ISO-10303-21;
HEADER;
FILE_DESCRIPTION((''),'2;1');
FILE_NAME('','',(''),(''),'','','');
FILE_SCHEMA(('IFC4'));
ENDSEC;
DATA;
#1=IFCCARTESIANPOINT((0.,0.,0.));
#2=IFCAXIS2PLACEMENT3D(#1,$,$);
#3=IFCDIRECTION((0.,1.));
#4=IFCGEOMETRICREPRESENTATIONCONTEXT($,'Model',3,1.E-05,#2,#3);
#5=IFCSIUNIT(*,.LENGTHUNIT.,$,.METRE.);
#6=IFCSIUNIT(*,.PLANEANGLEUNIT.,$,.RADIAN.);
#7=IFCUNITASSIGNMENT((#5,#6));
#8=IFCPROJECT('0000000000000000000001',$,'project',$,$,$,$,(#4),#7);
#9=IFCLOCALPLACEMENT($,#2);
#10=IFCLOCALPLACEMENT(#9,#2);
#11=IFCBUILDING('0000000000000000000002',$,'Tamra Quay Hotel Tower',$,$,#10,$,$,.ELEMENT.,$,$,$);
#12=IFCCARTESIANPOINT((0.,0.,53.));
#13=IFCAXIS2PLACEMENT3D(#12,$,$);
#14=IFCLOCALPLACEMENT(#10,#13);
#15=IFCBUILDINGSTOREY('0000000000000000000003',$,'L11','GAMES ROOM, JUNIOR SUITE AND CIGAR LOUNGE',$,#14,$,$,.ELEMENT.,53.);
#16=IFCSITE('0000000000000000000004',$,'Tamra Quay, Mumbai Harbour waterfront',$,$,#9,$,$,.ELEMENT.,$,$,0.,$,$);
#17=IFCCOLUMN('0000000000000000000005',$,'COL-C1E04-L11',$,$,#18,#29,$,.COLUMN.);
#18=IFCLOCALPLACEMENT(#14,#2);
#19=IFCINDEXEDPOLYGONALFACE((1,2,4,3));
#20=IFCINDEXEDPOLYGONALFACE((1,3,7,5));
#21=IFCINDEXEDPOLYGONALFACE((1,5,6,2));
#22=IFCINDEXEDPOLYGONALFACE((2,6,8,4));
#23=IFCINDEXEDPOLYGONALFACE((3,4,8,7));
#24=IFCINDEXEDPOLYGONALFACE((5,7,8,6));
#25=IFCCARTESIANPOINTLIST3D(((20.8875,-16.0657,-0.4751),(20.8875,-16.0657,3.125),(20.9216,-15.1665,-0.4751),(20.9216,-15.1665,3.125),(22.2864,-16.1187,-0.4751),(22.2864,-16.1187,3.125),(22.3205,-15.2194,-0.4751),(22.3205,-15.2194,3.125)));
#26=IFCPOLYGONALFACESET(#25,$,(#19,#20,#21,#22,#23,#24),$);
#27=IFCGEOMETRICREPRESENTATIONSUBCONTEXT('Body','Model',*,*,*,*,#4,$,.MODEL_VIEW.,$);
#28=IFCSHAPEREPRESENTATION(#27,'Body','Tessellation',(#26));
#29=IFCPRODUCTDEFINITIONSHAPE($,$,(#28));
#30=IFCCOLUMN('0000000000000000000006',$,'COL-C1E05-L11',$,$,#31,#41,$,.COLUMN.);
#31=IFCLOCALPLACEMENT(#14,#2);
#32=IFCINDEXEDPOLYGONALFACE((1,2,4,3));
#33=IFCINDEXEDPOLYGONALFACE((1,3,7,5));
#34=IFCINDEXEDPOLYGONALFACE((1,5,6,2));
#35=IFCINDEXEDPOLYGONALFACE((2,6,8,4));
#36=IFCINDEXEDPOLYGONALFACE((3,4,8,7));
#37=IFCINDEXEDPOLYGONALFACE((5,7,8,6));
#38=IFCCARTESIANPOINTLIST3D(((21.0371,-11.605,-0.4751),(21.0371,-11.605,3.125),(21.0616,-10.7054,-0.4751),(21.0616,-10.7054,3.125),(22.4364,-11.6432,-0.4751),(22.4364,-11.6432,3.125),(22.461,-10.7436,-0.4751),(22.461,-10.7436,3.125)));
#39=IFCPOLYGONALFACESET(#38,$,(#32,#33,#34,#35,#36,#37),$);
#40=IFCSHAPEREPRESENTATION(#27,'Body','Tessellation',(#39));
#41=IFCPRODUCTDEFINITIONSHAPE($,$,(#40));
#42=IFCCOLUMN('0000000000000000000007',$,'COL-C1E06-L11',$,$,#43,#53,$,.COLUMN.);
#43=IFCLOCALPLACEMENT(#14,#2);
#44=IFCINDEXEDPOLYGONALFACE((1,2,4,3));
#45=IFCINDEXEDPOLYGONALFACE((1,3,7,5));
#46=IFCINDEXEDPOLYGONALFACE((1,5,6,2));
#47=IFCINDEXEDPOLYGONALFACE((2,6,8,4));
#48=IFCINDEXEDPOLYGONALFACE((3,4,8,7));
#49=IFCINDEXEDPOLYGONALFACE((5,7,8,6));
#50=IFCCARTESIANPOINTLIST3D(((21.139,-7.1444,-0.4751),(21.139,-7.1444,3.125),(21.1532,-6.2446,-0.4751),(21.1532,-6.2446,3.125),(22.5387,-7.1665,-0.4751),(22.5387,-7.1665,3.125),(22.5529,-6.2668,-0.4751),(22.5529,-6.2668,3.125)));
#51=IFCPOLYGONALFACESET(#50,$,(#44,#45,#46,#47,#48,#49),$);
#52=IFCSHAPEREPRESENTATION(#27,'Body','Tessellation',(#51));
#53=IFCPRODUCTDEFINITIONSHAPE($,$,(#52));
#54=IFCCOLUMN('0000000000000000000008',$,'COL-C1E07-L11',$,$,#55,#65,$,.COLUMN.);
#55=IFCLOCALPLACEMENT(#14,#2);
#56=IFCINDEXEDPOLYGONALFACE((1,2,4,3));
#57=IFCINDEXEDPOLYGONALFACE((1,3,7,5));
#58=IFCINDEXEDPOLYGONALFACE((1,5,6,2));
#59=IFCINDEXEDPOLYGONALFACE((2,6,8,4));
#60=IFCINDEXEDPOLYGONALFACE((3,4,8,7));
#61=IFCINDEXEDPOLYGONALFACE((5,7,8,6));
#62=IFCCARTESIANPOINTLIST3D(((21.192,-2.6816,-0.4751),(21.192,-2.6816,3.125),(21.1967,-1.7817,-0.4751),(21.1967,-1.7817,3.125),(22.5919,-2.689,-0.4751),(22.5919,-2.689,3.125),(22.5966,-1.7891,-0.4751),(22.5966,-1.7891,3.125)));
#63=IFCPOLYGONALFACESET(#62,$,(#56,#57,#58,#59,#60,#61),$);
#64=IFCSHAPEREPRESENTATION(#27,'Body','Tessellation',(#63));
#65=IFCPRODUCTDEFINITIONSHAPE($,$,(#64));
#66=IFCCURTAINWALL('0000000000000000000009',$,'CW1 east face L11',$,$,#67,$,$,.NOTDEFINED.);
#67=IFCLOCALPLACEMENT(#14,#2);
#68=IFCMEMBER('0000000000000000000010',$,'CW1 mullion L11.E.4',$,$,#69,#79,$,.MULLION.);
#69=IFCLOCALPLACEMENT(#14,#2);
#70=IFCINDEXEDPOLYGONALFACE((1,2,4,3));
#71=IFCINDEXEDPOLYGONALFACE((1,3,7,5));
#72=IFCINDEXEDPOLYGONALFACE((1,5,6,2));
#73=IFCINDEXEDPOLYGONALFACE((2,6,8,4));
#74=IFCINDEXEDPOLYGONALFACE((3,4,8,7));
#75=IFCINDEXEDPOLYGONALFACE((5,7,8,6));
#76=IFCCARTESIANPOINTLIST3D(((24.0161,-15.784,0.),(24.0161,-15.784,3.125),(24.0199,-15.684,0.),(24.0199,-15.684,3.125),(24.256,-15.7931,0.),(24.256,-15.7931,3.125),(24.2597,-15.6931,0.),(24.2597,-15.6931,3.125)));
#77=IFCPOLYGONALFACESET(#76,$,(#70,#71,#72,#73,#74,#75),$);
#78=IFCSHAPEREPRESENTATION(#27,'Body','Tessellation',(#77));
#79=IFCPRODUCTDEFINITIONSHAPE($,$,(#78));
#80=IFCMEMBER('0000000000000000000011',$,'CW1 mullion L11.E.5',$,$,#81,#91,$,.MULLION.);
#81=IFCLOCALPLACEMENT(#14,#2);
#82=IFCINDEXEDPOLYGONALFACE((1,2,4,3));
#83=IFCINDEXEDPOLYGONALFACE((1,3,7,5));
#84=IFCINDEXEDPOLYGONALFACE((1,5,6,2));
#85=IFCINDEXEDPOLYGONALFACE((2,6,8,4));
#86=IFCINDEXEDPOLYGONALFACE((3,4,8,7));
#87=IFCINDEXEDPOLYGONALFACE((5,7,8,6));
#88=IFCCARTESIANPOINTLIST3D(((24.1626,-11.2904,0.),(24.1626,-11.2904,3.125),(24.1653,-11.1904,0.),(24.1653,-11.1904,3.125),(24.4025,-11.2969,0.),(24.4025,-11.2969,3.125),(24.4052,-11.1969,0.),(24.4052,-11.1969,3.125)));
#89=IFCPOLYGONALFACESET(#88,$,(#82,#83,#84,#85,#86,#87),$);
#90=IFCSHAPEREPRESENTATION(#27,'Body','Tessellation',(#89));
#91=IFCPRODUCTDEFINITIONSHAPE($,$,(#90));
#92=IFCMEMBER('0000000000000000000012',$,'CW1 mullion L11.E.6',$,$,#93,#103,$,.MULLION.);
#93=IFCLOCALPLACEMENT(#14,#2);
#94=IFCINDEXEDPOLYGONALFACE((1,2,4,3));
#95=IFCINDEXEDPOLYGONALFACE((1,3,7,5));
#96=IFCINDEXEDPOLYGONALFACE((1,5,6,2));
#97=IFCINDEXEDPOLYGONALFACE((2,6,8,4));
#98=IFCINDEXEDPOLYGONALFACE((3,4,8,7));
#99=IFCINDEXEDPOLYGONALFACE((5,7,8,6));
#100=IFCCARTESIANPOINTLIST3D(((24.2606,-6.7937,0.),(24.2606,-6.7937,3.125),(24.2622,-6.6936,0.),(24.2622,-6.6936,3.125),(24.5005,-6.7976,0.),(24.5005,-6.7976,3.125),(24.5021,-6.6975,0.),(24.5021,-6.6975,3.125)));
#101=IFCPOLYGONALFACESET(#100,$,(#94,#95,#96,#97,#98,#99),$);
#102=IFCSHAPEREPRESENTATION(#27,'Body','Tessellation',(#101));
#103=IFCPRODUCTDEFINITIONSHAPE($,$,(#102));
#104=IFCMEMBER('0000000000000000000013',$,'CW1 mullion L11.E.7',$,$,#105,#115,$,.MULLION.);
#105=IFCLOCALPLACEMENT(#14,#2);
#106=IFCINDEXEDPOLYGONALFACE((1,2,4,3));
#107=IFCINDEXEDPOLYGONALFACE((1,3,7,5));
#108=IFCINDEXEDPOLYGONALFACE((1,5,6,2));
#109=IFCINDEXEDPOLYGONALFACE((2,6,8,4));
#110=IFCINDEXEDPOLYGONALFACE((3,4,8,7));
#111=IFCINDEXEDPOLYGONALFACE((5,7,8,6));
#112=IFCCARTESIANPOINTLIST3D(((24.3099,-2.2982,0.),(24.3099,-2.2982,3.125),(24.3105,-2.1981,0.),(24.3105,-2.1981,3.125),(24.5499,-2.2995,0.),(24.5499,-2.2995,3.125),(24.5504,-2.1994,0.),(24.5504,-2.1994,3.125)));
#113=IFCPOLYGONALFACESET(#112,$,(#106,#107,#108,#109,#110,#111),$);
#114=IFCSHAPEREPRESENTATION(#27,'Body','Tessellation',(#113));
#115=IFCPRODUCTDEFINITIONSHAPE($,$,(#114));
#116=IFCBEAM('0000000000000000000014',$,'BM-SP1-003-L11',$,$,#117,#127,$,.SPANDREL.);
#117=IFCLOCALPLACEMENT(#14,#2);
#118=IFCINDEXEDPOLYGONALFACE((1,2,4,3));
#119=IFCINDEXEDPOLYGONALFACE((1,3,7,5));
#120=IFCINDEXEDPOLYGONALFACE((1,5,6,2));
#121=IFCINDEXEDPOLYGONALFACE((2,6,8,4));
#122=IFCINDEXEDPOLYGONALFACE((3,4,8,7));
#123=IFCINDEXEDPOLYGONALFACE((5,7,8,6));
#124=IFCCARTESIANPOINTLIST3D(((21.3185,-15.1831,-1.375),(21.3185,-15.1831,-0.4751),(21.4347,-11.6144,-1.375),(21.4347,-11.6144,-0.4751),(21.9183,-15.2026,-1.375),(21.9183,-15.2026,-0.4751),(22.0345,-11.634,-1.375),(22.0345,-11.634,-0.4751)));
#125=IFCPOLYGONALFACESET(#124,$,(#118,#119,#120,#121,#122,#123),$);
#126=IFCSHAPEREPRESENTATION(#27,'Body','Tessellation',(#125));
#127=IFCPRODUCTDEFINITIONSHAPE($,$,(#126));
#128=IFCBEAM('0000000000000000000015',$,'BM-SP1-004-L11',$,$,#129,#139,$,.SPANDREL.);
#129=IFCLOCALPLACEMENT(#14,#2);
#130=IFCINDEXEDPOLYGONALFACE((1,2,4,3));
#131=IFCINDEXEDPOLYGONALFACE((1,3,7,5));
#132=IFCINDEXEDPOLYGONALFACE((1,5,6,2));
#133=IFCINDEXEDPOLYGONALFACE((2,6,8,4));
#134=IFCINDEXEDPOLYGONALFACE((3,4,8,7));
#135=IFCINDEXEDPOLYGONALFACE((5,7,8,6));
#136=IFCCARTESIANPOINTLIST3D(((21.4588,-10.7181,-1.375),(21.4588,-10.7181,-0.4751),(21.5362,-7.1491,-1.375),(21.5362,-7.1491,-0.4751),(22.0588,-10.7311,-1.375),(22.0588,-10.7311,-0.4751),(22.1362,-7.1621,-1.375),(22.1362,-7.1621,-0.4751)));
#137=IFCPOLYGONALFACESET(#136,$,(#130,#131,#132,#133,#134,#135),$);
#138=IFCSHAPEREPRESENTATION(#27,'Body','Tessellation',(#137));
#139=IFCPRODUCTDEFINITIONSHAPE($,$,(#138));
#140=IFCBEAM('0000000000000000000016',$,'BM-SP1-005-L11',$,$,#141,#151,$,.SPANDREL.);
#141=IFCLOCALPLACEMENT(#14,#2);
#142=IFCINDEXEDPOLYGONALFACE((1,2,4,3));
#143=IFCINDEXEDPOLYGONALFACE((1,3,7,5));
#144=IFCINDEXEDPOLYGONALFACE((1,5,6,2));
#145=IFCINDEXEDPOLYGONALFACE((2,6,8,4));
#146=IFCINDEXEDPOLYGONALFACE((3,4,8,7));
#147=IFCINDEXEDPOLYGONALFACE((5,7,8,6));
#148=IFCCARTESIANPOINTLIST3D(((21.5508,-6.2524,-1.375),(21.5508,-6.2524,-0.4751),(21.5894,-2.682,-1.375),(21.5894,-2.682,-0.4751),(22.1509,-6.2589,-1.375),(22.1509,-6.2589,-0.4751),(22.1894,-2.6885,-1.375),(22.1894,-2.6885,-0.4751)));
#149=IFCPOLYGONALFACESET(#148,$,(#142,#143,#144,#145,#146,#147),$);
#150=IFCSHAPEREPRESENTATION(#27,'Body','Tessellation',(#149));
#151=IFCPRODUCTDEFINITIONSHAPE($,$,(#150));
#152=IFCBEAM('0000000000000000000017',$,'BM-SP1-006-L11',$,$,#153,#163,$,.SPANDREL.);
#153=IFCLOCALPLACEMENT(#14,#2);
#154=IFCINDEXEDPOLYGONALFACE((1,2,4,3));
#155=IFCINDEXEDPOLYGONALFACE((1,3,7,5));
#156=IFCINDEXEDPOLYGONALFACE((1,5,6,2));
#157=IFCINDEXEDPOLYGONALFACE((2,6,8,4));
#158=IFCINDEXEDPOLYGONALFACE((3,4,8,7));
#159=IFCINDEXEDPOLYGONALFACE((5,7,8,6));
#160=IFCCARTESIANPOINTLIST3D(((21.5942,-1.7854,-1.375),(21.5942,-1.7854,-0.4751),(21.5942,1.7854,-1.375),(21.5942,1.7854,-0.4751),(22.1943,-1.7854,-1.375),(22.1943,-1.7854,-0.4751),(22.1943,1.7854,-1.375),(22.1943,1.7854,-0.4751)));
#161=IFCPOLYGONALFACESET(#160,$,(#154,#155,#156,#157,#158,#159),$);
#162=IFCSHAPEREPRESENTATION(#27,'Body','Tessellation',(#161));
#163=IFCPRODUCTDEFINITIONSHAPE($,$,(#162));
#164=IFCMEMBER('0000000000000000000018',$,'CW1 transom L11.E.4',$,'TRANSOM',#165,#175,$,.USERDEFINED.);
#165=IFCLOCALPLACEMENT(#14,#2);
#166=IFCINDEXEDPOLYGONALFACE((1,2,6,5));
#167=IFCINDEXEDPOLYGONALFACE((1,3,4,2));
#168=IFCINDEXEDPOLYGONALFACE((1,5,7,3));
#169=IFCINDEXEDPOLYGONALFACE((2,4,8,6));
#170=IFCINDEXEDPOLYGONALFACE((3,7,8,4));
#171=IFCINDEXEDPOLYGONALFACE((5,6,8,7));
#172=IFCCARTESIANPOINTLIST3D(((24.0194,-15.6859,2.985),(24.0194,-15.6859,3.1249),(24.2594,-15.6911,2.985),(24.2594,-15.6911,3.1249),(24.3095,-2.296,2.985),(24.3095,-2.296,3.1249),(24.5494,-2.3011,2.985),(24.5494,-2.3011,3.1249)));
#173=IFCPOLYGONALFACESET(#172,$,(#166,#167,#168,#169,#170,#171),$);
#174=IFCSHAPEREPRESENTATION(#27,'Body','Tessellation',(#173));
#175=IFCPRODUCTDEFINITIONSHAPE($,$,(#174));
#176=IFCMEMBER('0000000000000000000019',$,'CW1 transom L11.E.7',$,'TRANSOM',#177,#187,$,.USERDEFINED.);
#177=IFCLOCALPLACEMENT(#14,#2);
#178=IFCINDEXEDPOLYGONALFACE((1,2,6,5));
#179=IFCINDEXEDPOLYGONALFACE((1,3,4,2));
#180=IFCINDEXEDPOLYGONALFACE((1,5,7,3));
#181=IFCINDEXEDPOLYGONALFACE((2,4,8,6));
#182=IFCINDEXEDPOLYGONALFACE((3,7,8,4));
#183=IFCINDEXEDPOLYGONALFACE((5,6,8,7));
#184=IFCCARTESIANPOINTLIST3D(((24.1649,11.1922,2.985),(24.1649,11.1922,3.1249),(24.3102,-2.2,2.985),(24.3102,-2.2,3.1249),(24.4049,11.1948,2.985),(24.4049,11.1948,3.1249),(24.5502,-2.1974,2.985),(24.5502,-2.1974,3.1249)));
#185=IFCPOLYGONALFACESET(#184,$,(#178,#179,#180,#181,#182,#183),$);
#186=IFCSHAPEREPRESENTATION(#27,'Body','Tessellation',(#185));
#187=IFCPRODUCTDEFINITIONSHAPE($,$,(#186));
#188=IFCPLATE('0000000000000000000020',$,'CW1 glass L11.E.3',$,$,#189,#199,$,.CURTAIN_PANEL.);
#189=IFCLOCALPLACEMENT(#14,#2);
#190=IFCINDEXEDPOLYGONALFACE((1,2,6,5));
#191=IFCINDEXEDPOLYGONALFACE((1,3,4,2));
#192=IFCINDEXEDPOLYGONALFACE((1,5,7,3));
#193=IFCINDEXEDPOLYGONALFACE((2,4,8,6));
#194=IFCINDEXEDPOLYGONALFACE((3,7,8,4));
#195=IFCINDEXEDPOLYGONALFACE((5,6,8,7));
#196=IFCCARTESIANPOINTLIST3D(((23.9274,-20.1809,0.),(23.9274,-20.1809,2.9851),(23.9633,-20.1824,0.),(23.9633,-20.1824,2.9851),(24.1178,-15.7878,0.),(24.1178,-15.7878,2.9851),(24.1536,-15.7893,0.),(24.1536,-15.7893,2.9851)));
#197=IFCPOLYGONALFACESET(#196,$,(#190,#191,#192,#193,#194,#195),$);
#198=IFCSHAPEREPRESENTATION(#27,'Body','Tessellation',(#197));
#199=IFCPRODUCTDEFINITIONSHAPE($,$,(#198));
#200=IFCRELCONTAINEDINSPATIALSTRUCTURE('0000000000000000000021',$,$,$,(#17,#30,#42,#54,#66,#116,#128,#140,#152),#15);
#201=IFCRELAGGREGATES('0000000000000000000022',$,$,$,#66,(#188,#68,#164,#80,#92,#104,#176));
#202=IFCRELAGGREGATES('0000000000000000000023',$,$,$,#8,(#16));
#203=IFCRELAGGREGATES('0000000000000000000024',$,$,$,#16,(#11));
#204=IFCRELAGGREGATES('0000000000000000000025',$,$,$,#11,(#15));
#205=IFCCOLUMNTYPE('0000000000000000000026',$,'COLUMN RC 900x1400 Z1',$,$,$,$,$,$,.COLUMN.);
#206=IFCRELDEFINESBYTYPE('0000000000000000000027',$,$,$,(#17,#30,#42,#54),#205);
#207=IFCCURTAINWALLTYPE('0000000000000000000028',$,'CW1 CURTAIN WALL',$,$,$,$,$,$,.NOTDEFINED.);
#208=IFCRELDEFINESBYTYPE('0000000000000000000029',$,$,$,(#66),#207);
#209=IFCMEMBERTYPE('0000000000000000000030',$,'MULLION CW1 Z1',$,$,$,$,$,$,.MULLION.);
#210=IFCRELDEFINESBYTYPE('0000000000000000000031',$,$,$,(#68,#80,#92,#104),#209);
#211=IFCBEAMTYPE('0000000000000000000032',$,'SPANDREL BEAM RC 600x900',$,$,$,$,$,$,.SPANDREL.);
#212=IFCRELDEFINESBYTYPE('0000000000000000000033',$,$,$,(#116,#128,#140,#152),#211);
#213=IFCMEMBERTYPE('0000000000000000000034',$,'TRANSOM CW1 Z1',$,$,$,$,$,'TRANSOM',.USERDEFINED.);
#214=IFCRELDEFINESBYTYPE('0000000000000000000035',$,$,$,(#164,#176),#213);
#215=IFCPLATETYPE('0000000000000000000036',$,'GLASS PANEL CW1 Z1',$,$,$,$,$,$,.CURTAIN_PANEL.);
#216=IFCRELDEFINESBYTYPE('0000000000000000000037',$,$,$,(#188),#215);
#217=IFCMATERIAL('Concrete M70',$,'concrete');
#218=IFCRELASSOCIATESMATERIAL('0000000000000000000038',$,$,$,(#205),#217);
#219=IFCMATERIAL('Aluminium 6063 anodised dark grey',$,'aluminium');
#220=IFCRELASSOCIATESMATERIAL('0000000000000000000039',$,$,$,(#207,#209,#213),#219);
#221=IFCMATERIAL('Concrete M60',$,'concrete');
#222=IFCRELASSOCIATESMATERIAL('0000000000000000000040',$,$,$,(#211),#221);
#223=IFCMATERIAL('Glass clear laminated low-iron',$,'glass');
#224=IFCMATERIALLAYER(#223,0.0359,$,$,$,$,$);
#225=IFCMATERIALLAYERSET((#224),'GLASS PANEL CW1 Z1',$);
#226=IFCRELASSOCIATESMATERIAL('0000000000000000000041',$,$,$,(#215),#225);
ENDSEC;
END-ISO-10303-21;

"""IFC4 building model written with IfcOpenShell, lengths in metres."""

from ifc_helpers import new_model, si_unit, direction, frame, origin, origin_2d, place, context, subcontext, project, spatial, rectangle, extrude, material, layer, layer_set, material_profile, profile_set, type_object, element, aggregate, save


model = new_model("IFC4")

# Units and contexts
model_context = context("Model", 3, precision=1e-05, world=origin(), true_north=direction((0.0, 1.0)))
body_context = subcontext(model_context, "Body", "Model", "MODEL_VIEW")
ifc_project = project(units=[si_unit("LENGTHUNIT", "METRE"), si_unit("PLANEANGLEUNIT", "RADIAN")], contexts=[model_context])

# Site, building, storey
site_placement = place(None, origin())
site = spatial("IfcSite", under=ifc_project, at=site_placement, Name="Tamra Quay, Mumbai Harbour waterfront", CompositionType="ELEMENT", RefElevation=0.0)
building_placement = place(site_placement, origin())
building = spatial("IfcBuilding", under=site, at=building_placement, Name="Tamra Quay Hotel Tower", CompositionType="ELEMENT")
storey_placement = place(building_placement, frame((0.0, 0.0, 53.0)))
storey = spatial("IfcBuildingStorey", under=building, at=storey_placement, Name="L11", Description="GAMES ROOM, JUNIOR SUITE AND CIGAR LOUNGE", CompositionType="ELEMENT", Elevation=53.0)

# Columns
ifc_material_1 = material(Name="Concrete M70", Category="concrete")
ifc_material_profile_1 = material_profile(ifc_material_1, rectangle(XDim=1.3999, YDim=0.8999, at=origin_2d()), Name="COLUMN RC 900x1400 Z1")
ifc_profile_set_1 = profile_set([ifc_material_profile_1], Name="Concrete M70")
column_type = type_object("IfcColumnType", Name="COLUMN RC 900x1400 Z1", PredefinedType="COLUMN", material=ifc_profile_set_1)
for number, where, z_axis, x_axis, name in (
    (1, (21.604, -15.6426, -0.4751), (0.0, 0.0, 1.0), (-0.999285, 0.037812, 0.0), "COL-C1E04-L11"),
    (2, (21.749, -11.1743, -0.4751), (0.0, 0.0, 1.0), (-0.999628, 0.027269, 0.0), "COL-C1E05-L11"),
    (3, (21.8459, -6.7056, -0.4751), (0.0, 0.0, 1.0), (-0.999875, 0.015838, 0.0), "COL-C1E06-L11"),
    (4, (21.8943, -2.2354, -0.4751), (0.0, 0.0, 1.0), (-0.999986, 0.00528, 0.0), "COL-C1E07-L11"),
):
    element("IfcColumn", number, at=place(storey_placement, frame(where, z_axis=z_axis, x_axis=x_axis)), inside=storey, type_object=column_type, Name=name, PredefinedType="COLUMN", context=body_context, shape_type="SweptSolid", body=[
        extrude(rectangle(XDim=1.3999, YDim=0.8999, at=origin_2d()), origin(), (0.0, 0.0, 1.0), 3.6001),
    ])

# Curtain wall, members
ifc_material_2 = material(Name="Aluminium 6063 anodised dark grey", Category="aluminium")
curtain_wall_type = type_object("IfcCurtainWallType", Name="CW1 CURTAIN WALL", PredefinedType="NOTDEFINED", material=ifc_material_2)
curtain_wall_placement = place(storey_placement, origin())
curtain_wall = element("IfcCurtainWall", 5, at=curtain_wall_placement, inside=storey, type_object=curtain_wall_type, Name="CW1 east face L11", PredefinedType="NOTDEFINED")
ifc_material_profile_2 = material_profile(ifc_material_2, rectangle(XDim=0.24, YDim=0.1001, at=origin_2d()), Name="MULLION 100X240")
ifc_profile_set_2 = profile_set([ifc_material_profile_2], Name="Aluminium 6063 anodised dark grey")
member_type_1 = type_object("IfcMemberType", Name="MULLION CW1 Z1", PredefinedType="MULLION", material=ifc_profile_set_2)
member_1_placement = place(storey_placement, frame((24.1379, -15.7385, 0.0), z_axis=(0.0, 0.0, 1.0), x_axis=(0.999282, -0.037881, 0.0)))
member_1 = element("IfcMember", 6, at=member_1_placement, type_object=member_type_1, Name="CW1 mullion L11.E.4", PredefinedType="MULLION", context=body_context, shape_type="SweptSolid", body=[
    extrude(rectangle(XDim=0.24, YDim=0.1001, at=origin_2d()), origin(), (0.0, 0.0, 1.0), 3.125),
])
member_2_placement = place(storey_placement, frame((24.2839, -11.2437, 0.0), z_axis=(0.0, 0.0, 1.0), x_axis=(0.999634, -0.027067, 0.0)))
member_2 = element("IfcMember", 7, at=member_2_placement, type_object=member_type_1, Name="CW1 mullion L11.E.5", PredefinedType="MULLION", context=body_context, shape_type="SweptSolid", body=[
    extrude(rectangle(XDim=0.24, YDim=0.1001, at=origin_2d()), origin(), (0.0, 0.0, 1.0), 3.125),
])
member_3_placement = place(storey_placement, frame((24.3813, -6.7456, 0.0), z_axis=(0.0, 0.0, 1.0), x_axis=(0.999868, -0.016247, 0.0)))
member_3 = element("IfcMember", 8, at=member_3_placement, type_object=member_type_1, Name="CW1 mullion L11.E.6", PredefinedType="MULLION", context=body_context, shape_type="SweptSolid", body=[
    extrude(rectangle(XDim=0.24, YDim=0.1001, at=origin_2d()), origin(), (0.0, 0.0, 1.0), 3.125),
])
member_4_placement = place(storey_placement, frame((24.4302, -2.2488, 0.0), z_axis=(0.0, 0.0, 1.0), x_axis=(0.999985, -0.005418, 0.0)))
member_4 = element("IfcMember", 9, at=member_4_placement, type_object=member_type_1, Name="CW1 mullion L11.E.7", PredefinedType="MULLION", context=body_context, shape_type="SweptSolid", body=[
    extrude(rectangle(XDim=0.24, YDim=0.1001, at=origin_2d()), origin(), (0.0, 0.0, 1.0), 3.125),
])

# Beams
ifc_material_3 = material(Name="Concrete M60", Category="concrete")
ifc_material_profile_3 = material_profile(ifc_material_3, rectangle(XDim=0.6001, YDim=0.8999, at=origin_2d()), Name="SPANDREL BEAM RC 600x900")
ifc_profile_set_3 = profile_set([ifc_material_profile_3], Name="Concrete M60")
beam_type = type_object("IfcBeamType", Name="SPANDREL BEAM RC 600x900", PredefinedType="SPANDREL", material=ifc_profile_set_3)
beam_1_placement = place(storey_placement, frame((21.6184, -15.1929, -0.925), z_axis=(0.032548, 0.99947, 0.0), x_axis=(-0.99947, 0.032548, 0.0)))
element("IfcBeam", 10, at=beam_1_placement, inside=storey, type_object=beam_type, Name="BM-SP1-003-L11", PredefinedType="SPANDREL", context=body_context, shape_type="SweptSolid", body=[
    extrude(rectangle(XDim=0.6001, YDim=0.8999, at=origin_2d()), origin(), (0.0, 0.0, 1.0), 3.5706),
])
beam_2_placement = place(storey_placement, frame((21.7588, -10.7246, -0.925), z_axis=(0.021679, 0.999765, 0.0), x_axis=(-0.999765, 0.021679, 0.0)))
element("IfcBeam", 11, at=beam_2_placement, inside=storey, type_object=beam_type, Name="BM-SP1-004-L11", PredefinedType="SPANDREL", context=body_context, shape_type="SweptSolid", body=[
    extrude(rectangle(XDim=0.6001, YDim=0.8999, at=origin_2d()), origin(), (0.0, 0.0, 1.0), 3.5698),
])
beam_3_placement = place(storey_placement, frame((21.8508, -6.2556, -0.925), z_axis=(0.010804, 0.999942, 0.0), x_axis=(-0.999942, 0.010804, 0.0)))
element("IfcBeam", 12, at=beam_3_placement, inside=storey, type_object=beam_type, Name="BM-SP1-005-L11", PredefinedType="SPANDREL", context=body_context, shape_type="SweptSolid", body=[
    extrude(rectangle(XDim=0.6001, YDim=0.8999, at=origin_2d()), origin(), (0.0, 0.0, 1.0), 3.5706),
])
beam_4_placement = place(storey_placement, frame((21.8943, -1.7854, -0.925), z_axis=(0.0, 1.0, 0.0), x_axis=(-1.0, 0.0, 0.0)))
element("IfcBeam", 13, at=beam_4_placement, inside=storey, type_object=beam_type, Name="BM-SP1-006-L11", PredefinedType="SPANDREL", context=body_context, shape_type="SweptSolid", body=[
    extrude(rectangle(XDim=0.6001, YDim=0.8999, at=origin_2d()), origin(), (0.0, 0.0, 1.0), 3.5708),
])

# Members
ifc_material_profile_4 = material_profile(ifc_material_2, rectangle(XDim=0.24, YDim=0.1399, at=origin_2d()), Name="TRANSOM 240X140")
ifc_profile_set_4 = profile_set([ifc_material_profile_4], Name="Aluminium 6063 anodised dark grey")
member_type_2 = type_object("IfcMemberType", Name="TRANSOM CW1 Z1", ElementType="TRANSOM", PredefinedType="USERDEFINED", material=ifc_profile_set_4)
member_5_placement = place(storey_placement, frame((24.1394, -15.6885, 3.0549), z_axis=(0.021656, 0.999765, 0.0), x_axis=(-0.999765, 0.021656, 0.0)))
member_5 = element("IfcMember", 14, at=member_5_placement, type_object=member_type_2, Name="CW1 transom L11.E.4", ObjectType="TRANSOM", PredefinedType="USERDEFINED", context=body_context, shape_type="SweptSolid", body=[
    extrude(rectangle(XDim=0.24, YDim=0.1399, at=origin_2d()), origin(), (0.0, 0.0, 1.0), 13.3931),
])
member_6_placement = place(storey_placement, frame((24.4302, -2.1987, 3.0549), z_axis=(-0.010846, 0.999941, 0.0), x_axis=(-0.999941, -0.010846, 0.0)))
member_6 = element("IfcMember", 15, at=member_6_placement, type_object=member_type_2, Name="CW1 transom L11.E.7", ObjectType="TRANSOM", PredefinedType="USERDEFINED", context=body_context, shape_type="SweptSolid", body=[
    extrude(rectangle(XDim=0.24, YDim=0.1399, at=origin_2d()), origin(), (0.0, 0.0, 1.0), 13.3931),
])

# Plate
ifc_material_4 = material(Name="Glass clear laminated low-iron", Category="glass")
ifc_layer_1 = layer(ifc_material_4, 0.0359)
ifc_layer_set_1 = layer_set([ifc_layer_1], Name="GLASS PANEL CW1 Z1")
plate_type = type_object("IfcPlateType", Name="GLASS PANEL CW1 Z1", PredefinedType="CURTAIN_PANEL", material=ifc_layer_set_1)
plate_1_placement = place(storey_placement, frame((24.0405, -17.9851, 0.0), z_axis=(0.0, 0.0, 1.0), x_axis=(0.043285, 0.999063, 0.0)))
plate_1 = element("IfcPlate", 16, at=plate_1_placement, type_object=plate_type, Name="CW1 glass L11.E.3", PredefinedType="CURTAIN_PANEL", context=body_context, shape_type="SweptSolid", body=[
    extrude(rectangle(XDim=4.3972, YDim=0.0359, at=origin_2d()), origin(), (0.0, 0.0, 1.0), 2.9851),
])
aggregate(curtain_wall, [plate_1, member_1, member_5, member_2, member_3, member_4, member_6])

save(model, "model.ifc")
